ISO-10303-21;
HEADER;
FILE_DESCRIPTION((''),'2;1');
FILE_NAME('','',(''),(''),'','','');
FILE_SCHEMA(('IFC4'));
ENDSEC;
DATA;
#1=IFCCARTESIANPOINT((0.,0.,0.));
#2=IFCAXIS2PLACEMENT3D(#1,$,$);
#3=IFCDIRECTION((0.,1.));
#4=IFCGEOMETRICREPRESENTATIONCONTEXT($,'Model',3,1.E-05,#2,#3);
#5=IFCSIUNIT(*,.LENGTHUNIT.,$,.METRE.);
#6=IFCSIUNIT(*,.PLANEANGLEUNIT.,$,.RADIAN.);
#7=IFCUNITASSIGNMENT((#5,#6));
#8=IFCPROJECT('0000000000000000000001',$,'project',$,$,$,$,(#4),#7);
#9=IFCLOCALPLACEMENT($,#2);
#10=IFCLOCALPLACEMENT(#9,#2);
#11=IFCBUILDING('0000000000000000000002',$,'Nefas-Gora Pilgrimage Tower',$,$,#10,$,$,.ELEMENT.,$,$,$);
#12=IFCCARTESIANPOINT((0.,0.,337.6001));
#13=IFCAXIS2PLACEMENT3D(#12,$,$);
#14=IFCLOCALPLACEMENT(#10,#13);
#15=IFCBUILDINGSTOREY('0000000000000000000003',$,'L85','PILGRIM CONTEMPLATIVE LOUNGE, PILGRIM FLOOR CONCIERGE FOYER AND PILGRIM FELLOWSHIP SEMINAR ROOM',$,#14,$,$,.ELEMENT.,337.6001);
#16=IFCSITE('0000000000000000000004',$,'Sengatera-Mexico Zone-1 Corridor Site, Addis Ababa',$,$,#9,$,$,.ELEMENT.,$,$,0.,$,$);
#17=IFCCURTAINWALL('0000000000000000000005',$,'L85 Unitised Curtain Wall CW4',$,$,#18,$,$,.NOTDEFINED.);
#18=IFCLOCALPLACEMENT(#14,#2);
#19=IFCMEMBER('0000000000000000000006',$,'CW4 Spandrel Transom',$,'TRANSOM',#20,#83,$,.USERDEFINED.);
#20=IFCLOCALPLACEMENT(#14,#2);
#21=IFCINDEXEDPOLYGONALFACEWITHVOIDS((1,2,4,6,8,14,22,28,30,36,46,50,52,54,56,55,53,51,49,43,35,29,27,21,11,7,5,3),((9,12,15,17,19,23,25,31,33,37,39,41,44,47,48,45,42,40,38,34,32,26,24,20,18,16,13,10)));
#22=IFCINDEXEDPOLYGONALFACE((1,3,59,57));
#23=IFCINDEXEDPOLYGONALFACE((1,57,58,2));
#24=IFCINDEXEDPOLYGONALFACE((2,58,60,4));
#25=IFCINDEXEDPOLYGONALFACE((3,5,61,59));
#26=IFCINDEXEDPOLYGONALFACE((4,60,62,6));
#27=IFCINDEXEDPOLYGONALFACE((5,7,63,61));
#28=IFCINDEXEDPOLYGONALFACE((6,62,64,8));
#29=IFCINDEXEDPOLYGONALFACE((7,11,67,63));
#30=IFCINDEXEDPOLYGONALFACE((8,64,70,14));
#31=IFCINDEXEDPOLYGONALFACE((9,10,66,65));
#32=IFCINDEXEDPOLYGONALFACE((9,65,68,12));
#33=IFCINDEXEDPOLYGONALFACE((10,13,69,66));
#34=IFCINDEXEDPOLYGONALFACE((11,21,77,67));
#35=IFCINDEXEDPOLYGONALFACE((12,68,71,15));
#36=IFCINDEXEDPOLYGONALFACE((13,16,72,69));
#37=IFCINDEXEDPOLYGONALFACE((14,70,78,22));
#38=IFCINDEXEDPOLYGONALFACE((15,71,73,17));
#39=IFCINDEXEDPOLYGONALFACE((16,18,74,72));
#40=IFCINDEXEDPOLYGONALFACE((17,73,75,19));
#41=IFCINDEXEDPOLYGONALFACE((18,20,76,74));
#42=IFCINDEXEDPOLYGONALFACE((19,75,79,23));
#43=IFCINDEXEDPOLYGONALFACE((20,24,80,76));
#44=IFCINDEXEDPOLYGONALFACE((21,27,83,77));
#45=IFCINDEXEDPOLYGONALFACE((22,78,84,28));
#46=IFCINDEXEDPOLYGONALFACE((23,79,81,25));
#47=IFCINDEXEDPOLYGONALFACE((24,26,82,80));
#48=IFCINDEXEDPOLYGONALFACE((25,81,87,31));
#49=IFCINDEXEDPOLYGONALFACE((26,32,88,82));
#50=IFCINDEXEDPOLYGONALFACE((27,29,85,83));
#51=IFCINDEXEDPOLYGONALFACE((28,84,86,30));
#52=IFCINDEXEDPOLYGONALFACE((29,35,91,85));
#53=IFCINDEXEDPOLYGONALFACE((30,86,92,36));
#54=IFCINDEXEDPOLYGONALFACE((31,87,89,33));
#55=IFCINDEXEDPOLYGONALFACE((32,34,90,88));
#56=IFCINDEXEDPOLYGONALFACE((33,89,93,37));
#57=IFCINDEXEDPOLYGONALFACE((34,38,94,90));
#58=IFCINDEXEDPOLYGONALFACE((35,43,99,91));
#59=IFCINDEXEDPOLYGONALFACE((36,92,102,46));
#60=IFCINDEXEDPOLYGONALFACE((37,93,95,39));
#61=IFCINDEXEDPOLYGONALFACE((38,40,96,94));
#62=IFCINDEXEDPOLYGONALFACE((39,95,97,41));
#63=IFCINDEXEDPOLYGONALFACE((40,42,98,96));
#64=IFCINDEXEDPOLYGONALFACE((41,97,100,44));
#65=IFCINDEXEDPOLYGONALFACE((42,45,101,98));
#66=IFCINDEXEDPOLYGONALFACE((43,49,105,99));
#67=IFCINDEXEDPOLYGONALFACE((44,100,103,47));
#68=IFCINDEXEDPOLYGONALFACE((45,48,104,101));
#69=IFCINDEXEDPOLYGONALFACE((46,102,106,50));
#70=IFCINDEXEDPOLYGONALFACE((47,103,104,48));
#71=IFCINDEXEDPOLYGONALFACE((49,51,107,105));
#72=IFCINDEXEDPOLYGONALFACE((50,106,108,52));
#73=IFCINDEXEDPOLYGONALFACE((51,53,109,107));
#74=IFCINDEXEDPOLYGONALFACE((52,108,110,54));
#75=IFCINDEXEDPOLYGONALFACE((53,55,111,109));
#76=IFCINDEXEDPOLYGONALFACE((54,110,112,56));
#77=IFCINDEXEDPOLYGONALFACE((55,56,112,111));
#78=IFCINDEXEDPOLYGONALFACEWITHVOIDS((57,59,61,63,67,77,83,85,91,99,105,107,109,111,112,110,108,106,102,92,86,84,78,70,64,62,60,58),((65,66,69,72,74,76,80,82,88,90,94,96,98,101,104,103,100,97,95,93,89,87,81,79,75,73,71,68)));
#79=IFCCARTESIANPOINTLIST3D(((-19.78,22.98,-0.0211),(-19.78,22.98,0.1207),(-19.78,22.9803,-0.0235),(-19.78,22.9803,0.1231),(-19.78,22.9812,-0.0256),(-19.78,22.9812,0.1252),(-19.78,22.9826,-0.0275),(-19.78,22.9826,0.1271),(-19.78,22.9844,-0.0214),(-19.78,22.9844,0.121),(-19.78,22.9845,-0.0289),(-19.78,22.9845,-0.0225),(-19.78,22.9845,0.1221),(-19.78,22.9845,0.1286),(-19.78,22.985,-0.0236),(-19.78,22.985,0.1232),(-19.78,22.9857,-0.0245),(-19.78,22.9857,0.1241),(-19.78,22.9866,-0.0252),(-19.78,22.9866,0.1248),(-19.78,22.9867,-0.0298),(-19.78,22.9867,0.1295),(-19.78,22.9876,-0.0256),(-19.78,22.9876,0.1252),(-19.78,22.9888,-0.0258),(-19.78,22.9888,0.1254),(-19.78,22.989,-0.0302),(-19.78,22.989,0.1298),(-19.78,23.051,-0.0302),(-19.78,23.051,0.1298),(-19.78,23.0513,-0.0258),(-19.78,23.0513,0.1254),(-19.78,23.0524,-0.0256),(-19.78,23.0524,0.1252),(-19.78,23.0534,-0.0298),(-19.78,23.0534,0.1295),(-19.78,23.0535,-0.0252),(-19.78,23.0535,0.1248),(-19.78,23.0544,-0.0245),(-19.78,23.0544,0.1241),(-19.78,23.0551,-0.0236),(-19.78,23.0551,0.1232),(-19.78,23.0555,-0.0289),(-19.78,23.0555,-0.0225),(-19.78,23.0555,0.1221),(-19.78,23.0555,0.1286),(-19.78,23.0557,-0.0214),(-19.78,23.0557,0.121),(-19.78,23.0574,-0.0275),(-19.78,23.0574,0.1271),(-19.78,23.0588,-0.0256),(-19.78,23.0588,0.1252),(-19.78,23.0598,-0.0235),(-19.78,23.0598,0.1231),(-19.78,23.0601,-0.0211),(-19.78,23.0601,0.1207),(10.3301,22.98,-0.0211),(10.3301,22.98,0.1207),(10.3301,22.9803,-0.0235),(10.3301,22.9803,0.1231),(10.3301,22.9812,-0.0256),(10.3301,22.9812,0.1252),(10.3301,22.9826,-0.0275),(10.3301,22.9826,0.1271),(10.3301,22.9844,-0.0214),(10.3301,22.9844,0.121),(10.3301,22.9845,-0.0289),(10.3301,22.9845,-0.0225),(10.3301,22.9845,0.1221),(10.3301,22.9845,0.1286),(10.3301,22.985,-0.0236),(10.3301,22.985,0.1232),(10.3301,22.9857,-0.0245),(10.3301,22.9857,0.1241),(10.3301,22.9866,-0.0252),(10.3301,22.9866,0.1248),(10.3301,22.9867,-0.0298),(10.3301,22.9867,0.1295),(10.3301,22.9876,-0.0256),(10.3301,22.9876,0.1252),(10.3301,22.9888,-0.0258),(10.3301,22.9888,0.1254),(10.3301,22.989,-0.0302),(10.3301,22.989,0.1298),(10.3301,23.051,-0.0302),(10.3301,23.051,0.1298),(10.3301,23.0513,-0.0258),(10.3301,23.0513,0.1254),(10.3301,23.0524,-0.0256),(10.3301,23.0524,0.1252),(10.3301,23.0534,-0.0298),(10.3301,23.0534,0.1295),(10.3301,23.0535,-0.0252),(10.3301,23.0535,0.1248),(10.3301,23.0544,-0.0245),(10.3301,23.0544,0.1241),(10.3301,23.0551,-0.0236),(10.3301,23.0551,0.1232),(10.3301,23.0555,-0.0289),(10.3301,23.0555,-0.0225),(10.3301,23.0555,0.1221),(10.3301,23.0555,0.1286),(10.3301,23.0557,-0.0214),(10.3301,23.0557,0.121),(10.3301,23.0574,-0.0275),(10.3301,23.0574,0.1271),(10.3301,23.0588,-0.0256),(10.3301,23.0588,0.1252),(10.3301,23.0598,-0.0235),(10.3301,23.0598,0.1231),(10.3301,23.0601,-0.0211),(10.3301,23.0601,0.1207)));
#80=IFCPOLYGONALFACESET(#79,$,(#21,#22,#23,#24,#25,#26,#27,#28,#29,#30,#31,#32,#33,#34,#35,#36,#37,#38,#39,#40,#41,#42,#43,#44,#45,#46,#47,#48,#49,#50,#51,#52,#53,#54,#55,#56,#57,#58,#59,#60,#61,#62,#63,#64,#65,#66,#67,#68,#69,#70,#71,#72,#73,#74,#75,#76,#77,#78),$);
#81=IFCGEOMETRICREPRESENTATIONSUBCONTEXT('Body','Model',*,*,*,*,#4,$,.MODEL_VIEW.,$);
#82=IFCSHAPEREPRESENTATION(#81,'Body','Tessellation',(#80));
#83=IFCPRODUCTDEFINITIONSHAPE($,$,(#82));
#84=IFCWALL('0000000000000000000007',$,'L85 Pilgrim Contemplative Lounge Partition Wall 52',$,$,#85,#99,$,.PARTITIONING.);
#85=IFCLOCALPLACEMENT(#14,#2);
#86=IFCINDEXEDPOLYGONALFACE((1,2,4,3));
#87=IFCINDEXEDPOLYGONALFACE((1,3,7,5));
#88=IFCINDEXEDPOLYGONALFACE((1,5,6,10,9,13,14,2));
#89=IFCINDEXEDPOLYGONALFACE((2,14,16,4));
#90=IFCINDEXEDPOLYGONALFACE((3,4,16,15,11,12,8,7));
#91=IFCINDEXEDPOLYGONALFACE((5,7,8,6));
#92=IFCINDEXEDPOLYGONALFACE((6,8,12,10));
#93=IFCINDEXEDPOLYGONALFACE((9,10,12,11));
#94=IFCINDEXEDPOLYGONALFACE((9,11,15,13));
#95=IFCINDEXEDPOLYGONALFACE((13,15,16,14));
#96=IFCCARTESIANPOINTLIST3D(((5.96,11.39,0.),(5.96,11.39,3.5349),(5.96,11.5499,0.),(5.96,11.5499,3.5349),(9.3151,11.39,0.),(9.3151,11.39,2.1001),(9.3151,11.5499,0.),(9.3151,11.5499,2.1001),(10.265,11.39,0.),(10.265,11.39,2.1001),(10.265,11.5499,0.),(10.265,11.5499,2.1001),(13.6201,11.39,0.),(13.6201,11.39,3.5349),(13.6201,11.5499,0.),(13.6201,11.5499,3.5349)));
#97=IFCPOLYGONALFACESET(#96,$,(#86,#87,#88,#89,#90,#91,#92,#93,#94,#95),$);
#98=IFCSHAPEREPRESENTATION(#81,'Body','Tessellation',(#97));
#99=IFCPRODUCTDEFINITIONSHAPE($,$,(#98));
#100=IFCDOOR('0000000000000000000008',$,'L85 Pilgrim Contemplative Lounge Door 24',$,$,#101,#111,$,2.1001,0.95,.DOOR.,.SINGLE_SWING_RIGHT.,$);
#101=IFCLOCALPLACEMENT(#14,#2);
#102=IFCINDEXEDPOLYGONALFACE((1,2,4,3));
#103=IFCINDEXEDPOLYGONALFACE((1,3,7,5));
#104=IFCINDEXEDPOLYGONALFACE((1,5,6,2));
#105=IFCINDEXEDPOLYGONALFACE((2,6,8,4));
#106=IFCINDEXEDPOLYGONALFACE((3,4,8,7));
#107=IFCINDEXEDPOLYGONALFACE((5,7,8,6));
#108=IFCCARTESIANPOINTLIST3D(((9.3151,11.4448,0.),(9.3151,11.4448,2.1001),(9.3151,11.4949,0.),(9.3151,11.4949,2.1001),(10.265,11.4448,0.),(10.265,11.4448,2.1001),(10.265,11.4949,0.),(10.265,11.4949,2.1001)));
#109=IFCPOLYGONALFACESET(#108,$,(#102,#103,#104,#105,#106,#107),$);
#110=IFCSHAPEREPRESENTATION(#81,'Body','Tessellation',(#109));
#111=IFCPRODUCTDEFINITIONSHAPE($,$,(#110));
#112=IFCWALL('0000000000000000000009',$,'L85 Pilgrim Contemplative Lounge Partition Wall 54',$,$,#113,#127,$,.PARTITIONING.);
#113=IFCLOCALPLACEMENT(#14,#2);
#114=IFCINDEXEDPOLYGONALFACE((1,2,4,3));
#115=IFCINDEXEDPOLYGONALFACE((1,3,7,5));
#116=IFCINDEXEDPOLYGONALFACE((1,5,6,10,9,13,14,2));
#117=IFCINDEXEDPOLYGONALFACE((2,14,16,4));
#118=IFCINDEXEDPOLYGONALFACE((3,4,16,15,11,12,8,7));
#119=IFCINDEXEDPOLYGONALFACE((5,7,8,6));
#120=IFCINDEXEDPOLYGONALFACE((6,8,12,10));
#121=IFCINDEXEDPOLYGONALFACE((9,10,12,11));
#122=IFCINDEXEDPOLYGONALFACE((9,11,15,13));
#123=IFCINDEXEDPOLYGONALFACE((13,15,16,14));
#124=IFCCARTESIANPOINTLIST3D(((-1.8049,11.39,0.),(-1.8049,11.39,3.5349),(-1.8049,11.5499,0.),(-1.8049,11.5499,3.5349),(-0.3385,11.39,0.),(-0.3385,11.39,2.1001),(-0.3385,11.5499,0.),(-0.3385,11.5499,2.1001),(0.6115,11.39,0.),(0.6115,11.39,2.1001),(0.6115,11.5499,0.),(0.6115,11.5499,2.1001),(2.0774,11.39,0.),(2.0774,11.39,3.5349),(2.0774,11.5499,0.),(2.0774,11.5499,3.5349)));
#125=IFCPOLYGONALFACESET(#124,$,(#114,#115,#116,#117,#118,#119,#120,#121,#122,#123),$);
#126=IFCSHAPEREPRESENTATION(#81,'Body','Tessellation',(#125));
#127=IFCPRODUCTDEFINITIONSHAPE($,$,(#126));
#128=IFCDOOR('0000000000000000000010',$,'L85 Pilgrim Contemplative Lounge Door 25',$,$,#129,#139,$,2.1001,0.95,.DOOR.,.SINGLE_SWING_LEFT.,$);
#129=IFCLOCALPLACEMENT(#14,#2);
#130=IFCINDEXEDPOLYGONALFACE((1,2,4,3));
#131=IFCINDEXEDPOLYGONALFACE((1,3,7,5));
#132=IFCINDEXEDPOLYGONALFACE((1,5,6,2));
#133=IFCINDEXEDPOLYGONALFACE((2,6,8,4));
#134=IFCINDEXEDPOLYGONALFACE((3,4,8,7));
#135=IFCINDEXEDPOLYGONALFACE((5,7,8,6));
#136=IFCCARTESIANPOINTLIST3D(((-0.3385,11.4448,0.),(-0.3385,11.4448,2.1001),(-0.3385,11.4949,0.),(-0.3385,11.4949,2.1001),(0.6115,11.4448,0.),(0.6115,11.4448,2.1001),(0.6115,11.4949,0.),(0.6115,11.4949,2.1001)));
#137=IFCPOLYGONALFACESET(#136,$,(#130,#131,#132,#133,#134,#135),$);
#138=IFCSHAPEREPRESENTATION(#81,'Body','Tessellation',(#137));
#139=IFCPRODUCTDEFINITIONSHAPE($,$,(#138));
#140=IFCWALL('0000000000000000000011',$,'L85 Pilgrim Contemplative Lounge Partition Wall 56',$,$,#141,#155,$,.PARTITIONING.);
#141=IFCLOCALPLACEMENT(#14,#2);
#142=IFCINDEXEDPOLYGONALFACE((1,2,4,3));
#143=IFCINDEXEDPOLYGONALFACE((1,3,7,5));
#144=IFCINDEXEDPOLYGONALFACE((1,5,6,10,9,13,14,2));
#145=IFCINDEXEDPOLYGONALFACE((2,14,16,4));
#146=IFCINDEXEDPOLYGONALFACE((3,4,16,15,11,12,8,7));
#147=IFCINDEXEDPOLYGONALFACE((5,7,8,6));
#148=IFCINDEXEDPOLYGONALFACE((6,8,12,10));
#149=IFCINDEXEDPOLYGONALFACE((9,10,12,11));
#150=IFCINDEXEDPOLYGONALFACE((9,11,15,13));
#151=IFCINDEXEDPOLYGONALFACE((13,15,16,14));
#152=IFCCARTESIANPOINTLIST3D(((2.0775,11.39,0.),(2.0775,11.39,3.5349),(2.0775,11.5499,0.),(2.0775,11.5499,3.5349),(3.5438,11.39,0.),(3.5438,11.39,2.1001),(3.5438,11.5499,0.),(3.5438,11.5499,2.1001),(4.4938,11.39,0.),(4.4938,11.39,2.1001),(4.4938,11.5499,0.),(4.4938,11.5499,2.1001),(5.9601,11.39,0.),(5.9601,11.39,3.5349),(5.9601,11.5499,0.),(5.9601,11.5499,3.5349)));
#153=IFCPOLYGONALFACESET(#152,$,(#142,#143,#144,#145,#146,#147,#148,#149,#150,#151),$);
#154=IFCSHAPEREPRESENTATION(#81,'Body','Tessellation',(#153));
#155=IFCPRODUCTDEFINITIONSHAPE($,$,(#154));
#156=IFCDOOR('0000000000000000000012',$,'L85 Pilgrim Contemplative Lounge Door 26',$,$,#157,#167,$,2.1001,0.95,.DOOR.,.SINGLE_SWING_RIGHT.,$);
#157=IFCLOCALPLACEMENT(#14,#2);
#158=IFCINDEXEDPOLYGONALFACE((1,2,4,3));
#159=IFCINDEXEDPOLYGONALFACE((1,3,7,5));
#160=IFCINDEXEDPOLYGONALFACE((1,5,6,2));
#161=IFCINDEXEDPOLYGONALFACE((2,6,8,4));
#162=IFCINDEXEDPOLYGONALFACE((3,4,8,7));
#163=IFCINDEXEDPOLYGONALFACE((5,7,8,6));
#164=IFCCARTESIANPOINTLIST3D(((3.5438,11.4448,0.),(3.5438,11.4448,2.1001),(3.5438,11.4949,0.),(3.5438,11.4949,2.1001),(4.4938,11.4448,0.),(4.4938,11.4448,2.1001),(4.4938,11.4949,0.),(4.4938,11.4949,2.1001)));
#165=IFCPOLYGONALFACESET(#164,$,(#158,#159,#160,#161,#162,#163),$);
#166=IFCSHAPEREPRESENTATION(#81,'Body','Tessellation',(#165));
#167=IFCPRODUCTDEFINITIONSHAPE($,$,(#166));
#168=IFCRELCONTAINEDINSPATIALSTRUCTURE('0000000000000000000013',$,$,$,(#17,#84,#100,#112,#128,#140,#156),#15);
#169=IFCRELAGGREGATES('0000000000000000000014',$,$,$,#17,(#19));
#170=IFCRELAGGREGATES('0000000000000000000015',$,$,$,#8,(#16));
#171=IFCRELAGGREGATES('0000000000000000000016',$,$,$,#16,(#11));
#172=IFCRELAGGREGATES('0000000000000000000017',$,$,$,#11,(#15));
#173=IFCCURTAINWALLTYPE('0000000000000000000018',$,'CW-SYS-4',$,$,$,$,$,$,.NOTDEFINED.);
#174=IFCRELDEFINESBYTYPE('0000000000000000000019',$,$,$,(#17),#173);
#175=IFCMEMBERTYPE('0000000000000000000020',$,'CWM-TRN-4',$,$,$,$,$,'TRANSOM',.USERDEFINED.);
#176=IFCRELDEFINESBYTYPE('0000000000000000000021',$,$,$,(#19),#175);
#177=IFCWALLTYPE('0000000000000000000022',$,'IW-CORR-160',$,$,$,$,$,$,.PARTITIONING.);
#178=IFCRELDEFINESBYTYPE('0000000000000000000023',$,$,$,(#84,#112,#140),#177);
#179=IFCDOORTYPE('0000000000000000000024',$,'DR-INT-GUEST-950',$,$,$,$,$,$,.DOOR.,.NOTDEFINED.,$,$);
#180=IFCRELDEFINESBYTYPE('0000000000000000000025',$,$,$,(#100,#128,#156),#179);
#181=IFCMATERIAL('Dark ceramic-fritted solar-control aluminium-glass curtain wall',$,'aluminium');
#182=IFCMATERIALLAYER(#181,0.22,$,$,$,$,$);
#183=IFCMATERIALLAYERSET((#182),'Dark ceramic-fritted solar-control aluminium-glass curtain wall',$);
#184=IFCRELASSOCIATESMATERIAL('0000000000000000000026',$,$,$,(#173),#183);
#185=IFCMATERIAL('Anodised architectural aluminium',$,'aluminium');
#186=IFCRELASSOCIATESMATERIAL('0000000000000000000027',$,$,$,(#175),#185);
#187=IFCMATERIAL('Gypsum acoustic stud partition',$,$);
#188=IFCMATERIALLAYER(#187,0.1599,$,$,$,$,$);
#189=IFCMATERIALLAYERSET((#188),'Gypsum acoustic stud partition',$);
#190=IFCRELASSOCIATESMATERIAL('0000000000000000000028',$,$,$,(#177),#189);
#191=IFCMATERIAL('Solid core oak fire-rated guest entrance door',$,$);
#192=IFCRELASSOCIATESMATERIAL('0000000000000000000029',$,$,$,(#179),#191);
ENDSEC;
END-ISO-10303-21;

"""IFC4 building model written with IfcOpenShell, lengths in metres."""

from ifc_helpers import new_model, si_unit, direction, frame, frame_2d, origin, origin_2d, place, context, subcontext, project, spatial, rectangle, hollow_rectangle, extrude, source, transform, mapped, material, layer, layer_set, material_profile, profile_set, type_object, element, fill, aggregate, save


model = new_model("IFC4")

# Units and contexts
model_context = context("Model", 3, precision=1e-05, world=origin(), true_north=direction((0.0, 1.0)))
body_context = subcontext(model_context, "Body", "Model", "MODEL_VIEW")
ifc_project = project(units=[si_unit("LENGTHUNIT", "METRE"), si_unit("PLANEANGLEUNIT", "RADIAN")], contexts=[model_context])

# Site, building, storey
site_placement = place(None, origin())
site = spatial("IfcSite", under=ifc_project, at=site_placement, Name="Sengatera-Mexico Zone-1 Corridor Site, Addis Ababa", CompositionType="ELEMENT", RefElevation=0.0)
building_placement = place(site_placement, origin())
building = spatial("IfcBuilding", under=site, at=building_placement, Name="Nefas-Gora Pilgrimage Tower", CompositionType="ELEMENT")
storey_placement = place(building_placement, frame((0.0, 0.0, 337.6001)))
storey = spatial("IfcBuildingStorey", under=building, at=storey_placement, Name="L85", Description="PILGRIM CONTEMPLATIVE LOUNGE, PILGRIM FLOOR CONCIERGE FOYER AND PILGRIM FELLOWSHIP SEMINAR ROOM", CompositionType="ELEMENT", Elevation=337.6001)

# Curtain wall, member
ifc_material_1 = material(Name="Dark ceramic-fritted solar-control aluminium-glass curtain wall", Category="aluminium")
ifc_layer_1 = layer(ifc_material_1, 0.22)
ifc_layer_set_1 = layer_set([ifc_layer_1], Name="Dark ceramic-fritted solar-control aluminium-glass curtain wall")
curtain_wall_type = type_object("IfcCurtainWallType", Name="CW-SYS-4", PredefinedType="NOTDEFINED", material=ifc_layer_set_1)
curtain_wall_placement = place(storey_placement, origin())
curtain_wall = element("IfcCurtainWall", 1, at=curtain_wall_placement, inside=storey, type_object=curtain_wall_type, Name="L85 Unitised Curtain Wall CW4", PredefinedType="NOTDEFINED")
ifc_material_2 = material(Name="Anodised architectural aluminium", Category="aluminium")
ifc_material_profile_1 = material_profile(ifc_material_2, hollow_rectangle(XDim=0.0801, YDim=0.1599, WallThickness=0.0044, InnerFilletRadius=0.0044, OuterFilletRadius=0.009, at=origin_2d()), Name="ALU TRANSOM 80x160")
ifc_profile_set_1 = profile_set([ifc_material_profile_1], Name="Anodised architectural aluminium")
member_type = type_object("IfcMemberType", Name="CWM-TRN-4", ElementType="TRANSOM", PredefinedType="USERDEFINED", material=ifc_profile_set_1)
shared_shape_1 = source(origin(), body_context, "Body", "SweptSolid", [
    extrude(hollow_rectangle(XDim=0.0801, YDim=0.1599, WallThickness=0.0044, InnerFilletRadius=0.0044, OuterFilletRadius=0.009, at=origin_2d()), origin(), (0.0, 0.0, 1.0), 30.1101),
])
member_placement = place(storey_placement, frame((10.3301, 23.02, 0.0498), z_axis=(-1.0, 0.0, 0.0), x_axis=(0.0, -1.0, 0.0)))
member = element("IfcMember", 2, at=member_placement, type_object=member_type, Name="CW4 Spandrel Transom", ObjectType="TRANSOM", PredefinedType="USERDEFINED", context=body_context, shape_type="MappedRepresentation", body=[
    mapped(shared_shape_1, transform((0.0, 0.0, 0.0), x_axis=(1.0, 0.0, 0.0), y_axis=(0.0, 1.0, 0.0), z_axis=(0.0, 0.0, 1.0), scale=1.0)),
])
aggregate(curtain_wall, [member])

# Walls, openings, doors
ifc_material_3 = material(Name="Gypsum acoustic stud partition")
ifc_layer_2 = layer(ifc_material_3, 0.1599)
ifc_layer_set_2 = layer_set([ifc_layer_2], Name="Gypsum acoustic stud partition")
wall_type_1 = type_object("IfcWallType", Name="IW-CORR-160", PredefinedType="PARTITIONING", material=ifc_layer_set_2)
shared_shape_2 = source(origin(), body_context, "Body", "SweptSolid", [
    extrude(rectangle(XDim=7.6602, YDim=0.1599, at=frame_2d((3.8301, 0.0))), origin(), (0.0, 0.0, 1.0), 3.5349),
])
wall_1_placement = place(storey_placement, frame((5.96, 11.47, 0.0), z_axis=(0.0, 0.0, 1.0), x_axis=(1.0, 0.0, 0.0)))
wall_1 = element("IfcWall", 3, at=wall_1_placement, inside=storey, type_object=wall_type_1, Name="L85 Pilgrim Contemplative Lounge Partition Wall 52", PredefinedType="PARTITIONING", context=body_context, shape_type="MappedRepresentation", body=[
    mapped(shared_shape_2, transform((0.0, 0.0, 0.0), x_axis=(1.0, 0.0, 0.0), y_axis=(0.0, 1.0, 0.0), z_axis=(0.0, 0.0, 1.0), scale=1.0)),
])
opening_1_placement = place(wall_1_placement, frame((3.355, 0.0, 0.0)))
opening_1 = element("IfcOpeningElement", 4, at=opening_1_placement, cuts=wall_1, PredefinedType="OPENING", context=body_context, shape_type="SweptSolid", body=[
    extrude(rectangle(XDim=0.95, YDim=2.1001, at=frame_2d((0.4751, 1.05))), frame((0.0, 0.0898, 0.0), z_axis=(0.0, -1.0, 0.0), x_axis=(1.0, 0.0, 0.0)), (0.0, 0.0, 1.0), 0.1799),
])
ifc_material_4 = material(Name="Solid core oak fire-rated guest entrance door")
door_type_1 = type_object("IfcDoorType", Name="DR-INT-GUEST-950", OperationType="NOTDEFINED", PredefinedType="DOOR", material=ifc_material_4)
shared_shape_3 = source(origin(), body_context, "Body", "SweptSolid", [
    extrude(rectangle(XDim=0.95, YDim=2.1001, at=frame_2d((0.4751, 1.05))), frame((0.0, 0.0249, 0.0), z_axis=(0.0, -1.0, 0.0), x_axis=(1.0, 0.0, 0.0)), (0.0, 0.0, 1.0), 0.05),
])
door_1_placement = place(opening_1_placement, origin())
door_1 = element("IfcDoor", 5, at=door_1_placement, inside=storey, type_object=door_type_1, Name="L85 Pilgrim Contemplative Lounge Door 24", OperationType="SINGLE_SWING_RIGHT", OverallHeight=2.1001, OverallWidth=0.95, PredefinedType="DOOR", context=body_context, shape_type="MappedRepresentation", body=[
    mapped(shared_shape_3, transform((0.0, 0.0, 0.0), x_axis=(1.0, 0.0, 0.0), y_axis=(0.0, 1.0, 0.0), z_axis=(0.0, 0.0, 1.0), scale=1.0)),
])
fill(opening_1, door_1)
shared_shape_4 = source(origin(), body_context, "Body", "SweptSolid", [
    extrude(rectangle(XDim=3.8823, YDim=0.1599, at=frame_2d((1.9412, 0.0))), origin(), (0.0, 0.0, 1.0), 3.5349),
])
wall_2_placement = place(storey_placement, frame((-1.8049, 11.47, 0.0), z_axis=(0.0, 0.0, 1.0), x_axis=(1.0, 0.0, 0.0)))
wall_2 = element("IfcWall", 6, at=wall_2_placement, inside=storey, type_object=wall_type_1, Name="L85 Pilgrim Contemplative Lounge Partition Wall 54", PredefinedType="PARTITIONING", context=body_context, shape_type="MappedRepresentation", body=[
    mapped(shared_shape_4, transform((0.0, 0.0, 0.0), x_axis=(1.0, 0.0, 0.0), y_axis=(0.0, 1.0, 0.0), z_axis=(0.0, 0.0, 1.0), scale=1.0)),
])
opening_2_placement = place(wall_2_placement, frame((1.4663, 0.0, 0.0)))
opening_2 = element("IfcOpeningElement", 7, at=opening_2_placement, cuts=wall_2, PredefinedType="OPENING", context=body_context, shape_type="SweptSolid", body=[
    extrude(rectangle(XDim=0.95, YDim=2.1001, at=frame_2d((0.4751, 1.05))), frame((0.0, 0.0898, 0.0), z_axis=(0.0, -1.0, 0.0), x_axis=(1.0, 0.0, 0.0)), (0.0, 0.0, 1.0), 0.1799),
])
door_2_placement = place(opening_2_placement, origin())
door_2 = element("IfcDoor", 8, at=door_2_placement, inside=storey, type_object=door_type_1, Name="L85 Pilgrim Contemplative Lounge Door 25", OperationType="SINGLE_SWING_LEFT", OverallHeight=2.1001, OverallWidth=0.95, PredefinedType="DOOR", context=body_context, shape_type="MappedRepresentation", body=[
    mapped(shared_shape_3, transform((0.0, 0.0, 0.0), x_axis=(1.0, 0.0, 0.0), y_axis=(0.0, 1.0, 0.0), z_axis=(0.0, 0.0, 1.0), scale=1.0)),
])
fill(opening_2, door_2)
shared_shape_5 = source(origin(), body_context, "Body", "SweptSolid", [
    extrude(rectangle(XDim=3.8826, YDim=0.1599, at=frame_2d((1.9414, 0.0))), origin(), (0.0, 0.0, 1.0), 3.5349),
])
wall_3_placement = place(storey_placement, frame((2.0774, 11.47, 0.0), z_axis=(0.0, 0.0, 1.0), x_axis=(1.0, 0.0, 0.0)))
wall_3 = element("IfcWall", 9, at=wall_3_placement, inside=storey, type_object=wall_type_1, Name="L85 Pilgrim Contemplative Lounge Partition Wall 56", PredefinedType="PARTITIONING", context=body_context, shape_type="MappedRepresentation", body=[
    mapped(shared_shape_5, transform((0.0, 0.0, 0.0), x_axis=(1.0, 0.0, 0.0), y_axis=(0.0, 1.0, 0.0), z_axis=(0.0, 0.0, 1.0), scale=1.0)),
])
opening_3_placement = place(wall_3_placement, frame((1.4663, 0.0, 0.0)))
opening_3 = element("IfcOpeningElement", 10, at=opening_3_placement, cuts=wall_3, PredefinedType="OPENING", context=body_context, shape_type="SweptSolid", body=[
    extrude(rectangle(XDim=0.95, YDim=2.1001, at=frame_2d((0.4751, 1.05))), frame((0.0, 0.0898, 0.0), z_axis=(0.0, -1.0, 0.0), x_axis=(1.0, 0.0, 0.0)), (0.0, 0.0, 1.0), 0.1799),
])
door_3_placement = place(opening_3_placement, origin())
door_3 = element("IfcDoor", 11, at=door_3_placement, inside=storey, type_object=door_type_1, Name="L85 Pilgrim Contemplative Lounge Door 26", OperationType="SINGLE_SWING_RIGHT", OverallHeight=2.1001, OverallWidth=0.95, PredefinedType="DOOR", context=body_context, shape_type="MappedRepresentation", body=[
    mapped(shared_shape_3, transform((0.0, 0.0, 0.0), x_axis=(1.0, 0.0, 0.0), y_axis=(0.0, 1.0, 0.0), z_axis=(0.0, 0.0, 1.0), scale=1.0)),
])
fill(opening_3, door_3)

save(model, "model.ifc")
